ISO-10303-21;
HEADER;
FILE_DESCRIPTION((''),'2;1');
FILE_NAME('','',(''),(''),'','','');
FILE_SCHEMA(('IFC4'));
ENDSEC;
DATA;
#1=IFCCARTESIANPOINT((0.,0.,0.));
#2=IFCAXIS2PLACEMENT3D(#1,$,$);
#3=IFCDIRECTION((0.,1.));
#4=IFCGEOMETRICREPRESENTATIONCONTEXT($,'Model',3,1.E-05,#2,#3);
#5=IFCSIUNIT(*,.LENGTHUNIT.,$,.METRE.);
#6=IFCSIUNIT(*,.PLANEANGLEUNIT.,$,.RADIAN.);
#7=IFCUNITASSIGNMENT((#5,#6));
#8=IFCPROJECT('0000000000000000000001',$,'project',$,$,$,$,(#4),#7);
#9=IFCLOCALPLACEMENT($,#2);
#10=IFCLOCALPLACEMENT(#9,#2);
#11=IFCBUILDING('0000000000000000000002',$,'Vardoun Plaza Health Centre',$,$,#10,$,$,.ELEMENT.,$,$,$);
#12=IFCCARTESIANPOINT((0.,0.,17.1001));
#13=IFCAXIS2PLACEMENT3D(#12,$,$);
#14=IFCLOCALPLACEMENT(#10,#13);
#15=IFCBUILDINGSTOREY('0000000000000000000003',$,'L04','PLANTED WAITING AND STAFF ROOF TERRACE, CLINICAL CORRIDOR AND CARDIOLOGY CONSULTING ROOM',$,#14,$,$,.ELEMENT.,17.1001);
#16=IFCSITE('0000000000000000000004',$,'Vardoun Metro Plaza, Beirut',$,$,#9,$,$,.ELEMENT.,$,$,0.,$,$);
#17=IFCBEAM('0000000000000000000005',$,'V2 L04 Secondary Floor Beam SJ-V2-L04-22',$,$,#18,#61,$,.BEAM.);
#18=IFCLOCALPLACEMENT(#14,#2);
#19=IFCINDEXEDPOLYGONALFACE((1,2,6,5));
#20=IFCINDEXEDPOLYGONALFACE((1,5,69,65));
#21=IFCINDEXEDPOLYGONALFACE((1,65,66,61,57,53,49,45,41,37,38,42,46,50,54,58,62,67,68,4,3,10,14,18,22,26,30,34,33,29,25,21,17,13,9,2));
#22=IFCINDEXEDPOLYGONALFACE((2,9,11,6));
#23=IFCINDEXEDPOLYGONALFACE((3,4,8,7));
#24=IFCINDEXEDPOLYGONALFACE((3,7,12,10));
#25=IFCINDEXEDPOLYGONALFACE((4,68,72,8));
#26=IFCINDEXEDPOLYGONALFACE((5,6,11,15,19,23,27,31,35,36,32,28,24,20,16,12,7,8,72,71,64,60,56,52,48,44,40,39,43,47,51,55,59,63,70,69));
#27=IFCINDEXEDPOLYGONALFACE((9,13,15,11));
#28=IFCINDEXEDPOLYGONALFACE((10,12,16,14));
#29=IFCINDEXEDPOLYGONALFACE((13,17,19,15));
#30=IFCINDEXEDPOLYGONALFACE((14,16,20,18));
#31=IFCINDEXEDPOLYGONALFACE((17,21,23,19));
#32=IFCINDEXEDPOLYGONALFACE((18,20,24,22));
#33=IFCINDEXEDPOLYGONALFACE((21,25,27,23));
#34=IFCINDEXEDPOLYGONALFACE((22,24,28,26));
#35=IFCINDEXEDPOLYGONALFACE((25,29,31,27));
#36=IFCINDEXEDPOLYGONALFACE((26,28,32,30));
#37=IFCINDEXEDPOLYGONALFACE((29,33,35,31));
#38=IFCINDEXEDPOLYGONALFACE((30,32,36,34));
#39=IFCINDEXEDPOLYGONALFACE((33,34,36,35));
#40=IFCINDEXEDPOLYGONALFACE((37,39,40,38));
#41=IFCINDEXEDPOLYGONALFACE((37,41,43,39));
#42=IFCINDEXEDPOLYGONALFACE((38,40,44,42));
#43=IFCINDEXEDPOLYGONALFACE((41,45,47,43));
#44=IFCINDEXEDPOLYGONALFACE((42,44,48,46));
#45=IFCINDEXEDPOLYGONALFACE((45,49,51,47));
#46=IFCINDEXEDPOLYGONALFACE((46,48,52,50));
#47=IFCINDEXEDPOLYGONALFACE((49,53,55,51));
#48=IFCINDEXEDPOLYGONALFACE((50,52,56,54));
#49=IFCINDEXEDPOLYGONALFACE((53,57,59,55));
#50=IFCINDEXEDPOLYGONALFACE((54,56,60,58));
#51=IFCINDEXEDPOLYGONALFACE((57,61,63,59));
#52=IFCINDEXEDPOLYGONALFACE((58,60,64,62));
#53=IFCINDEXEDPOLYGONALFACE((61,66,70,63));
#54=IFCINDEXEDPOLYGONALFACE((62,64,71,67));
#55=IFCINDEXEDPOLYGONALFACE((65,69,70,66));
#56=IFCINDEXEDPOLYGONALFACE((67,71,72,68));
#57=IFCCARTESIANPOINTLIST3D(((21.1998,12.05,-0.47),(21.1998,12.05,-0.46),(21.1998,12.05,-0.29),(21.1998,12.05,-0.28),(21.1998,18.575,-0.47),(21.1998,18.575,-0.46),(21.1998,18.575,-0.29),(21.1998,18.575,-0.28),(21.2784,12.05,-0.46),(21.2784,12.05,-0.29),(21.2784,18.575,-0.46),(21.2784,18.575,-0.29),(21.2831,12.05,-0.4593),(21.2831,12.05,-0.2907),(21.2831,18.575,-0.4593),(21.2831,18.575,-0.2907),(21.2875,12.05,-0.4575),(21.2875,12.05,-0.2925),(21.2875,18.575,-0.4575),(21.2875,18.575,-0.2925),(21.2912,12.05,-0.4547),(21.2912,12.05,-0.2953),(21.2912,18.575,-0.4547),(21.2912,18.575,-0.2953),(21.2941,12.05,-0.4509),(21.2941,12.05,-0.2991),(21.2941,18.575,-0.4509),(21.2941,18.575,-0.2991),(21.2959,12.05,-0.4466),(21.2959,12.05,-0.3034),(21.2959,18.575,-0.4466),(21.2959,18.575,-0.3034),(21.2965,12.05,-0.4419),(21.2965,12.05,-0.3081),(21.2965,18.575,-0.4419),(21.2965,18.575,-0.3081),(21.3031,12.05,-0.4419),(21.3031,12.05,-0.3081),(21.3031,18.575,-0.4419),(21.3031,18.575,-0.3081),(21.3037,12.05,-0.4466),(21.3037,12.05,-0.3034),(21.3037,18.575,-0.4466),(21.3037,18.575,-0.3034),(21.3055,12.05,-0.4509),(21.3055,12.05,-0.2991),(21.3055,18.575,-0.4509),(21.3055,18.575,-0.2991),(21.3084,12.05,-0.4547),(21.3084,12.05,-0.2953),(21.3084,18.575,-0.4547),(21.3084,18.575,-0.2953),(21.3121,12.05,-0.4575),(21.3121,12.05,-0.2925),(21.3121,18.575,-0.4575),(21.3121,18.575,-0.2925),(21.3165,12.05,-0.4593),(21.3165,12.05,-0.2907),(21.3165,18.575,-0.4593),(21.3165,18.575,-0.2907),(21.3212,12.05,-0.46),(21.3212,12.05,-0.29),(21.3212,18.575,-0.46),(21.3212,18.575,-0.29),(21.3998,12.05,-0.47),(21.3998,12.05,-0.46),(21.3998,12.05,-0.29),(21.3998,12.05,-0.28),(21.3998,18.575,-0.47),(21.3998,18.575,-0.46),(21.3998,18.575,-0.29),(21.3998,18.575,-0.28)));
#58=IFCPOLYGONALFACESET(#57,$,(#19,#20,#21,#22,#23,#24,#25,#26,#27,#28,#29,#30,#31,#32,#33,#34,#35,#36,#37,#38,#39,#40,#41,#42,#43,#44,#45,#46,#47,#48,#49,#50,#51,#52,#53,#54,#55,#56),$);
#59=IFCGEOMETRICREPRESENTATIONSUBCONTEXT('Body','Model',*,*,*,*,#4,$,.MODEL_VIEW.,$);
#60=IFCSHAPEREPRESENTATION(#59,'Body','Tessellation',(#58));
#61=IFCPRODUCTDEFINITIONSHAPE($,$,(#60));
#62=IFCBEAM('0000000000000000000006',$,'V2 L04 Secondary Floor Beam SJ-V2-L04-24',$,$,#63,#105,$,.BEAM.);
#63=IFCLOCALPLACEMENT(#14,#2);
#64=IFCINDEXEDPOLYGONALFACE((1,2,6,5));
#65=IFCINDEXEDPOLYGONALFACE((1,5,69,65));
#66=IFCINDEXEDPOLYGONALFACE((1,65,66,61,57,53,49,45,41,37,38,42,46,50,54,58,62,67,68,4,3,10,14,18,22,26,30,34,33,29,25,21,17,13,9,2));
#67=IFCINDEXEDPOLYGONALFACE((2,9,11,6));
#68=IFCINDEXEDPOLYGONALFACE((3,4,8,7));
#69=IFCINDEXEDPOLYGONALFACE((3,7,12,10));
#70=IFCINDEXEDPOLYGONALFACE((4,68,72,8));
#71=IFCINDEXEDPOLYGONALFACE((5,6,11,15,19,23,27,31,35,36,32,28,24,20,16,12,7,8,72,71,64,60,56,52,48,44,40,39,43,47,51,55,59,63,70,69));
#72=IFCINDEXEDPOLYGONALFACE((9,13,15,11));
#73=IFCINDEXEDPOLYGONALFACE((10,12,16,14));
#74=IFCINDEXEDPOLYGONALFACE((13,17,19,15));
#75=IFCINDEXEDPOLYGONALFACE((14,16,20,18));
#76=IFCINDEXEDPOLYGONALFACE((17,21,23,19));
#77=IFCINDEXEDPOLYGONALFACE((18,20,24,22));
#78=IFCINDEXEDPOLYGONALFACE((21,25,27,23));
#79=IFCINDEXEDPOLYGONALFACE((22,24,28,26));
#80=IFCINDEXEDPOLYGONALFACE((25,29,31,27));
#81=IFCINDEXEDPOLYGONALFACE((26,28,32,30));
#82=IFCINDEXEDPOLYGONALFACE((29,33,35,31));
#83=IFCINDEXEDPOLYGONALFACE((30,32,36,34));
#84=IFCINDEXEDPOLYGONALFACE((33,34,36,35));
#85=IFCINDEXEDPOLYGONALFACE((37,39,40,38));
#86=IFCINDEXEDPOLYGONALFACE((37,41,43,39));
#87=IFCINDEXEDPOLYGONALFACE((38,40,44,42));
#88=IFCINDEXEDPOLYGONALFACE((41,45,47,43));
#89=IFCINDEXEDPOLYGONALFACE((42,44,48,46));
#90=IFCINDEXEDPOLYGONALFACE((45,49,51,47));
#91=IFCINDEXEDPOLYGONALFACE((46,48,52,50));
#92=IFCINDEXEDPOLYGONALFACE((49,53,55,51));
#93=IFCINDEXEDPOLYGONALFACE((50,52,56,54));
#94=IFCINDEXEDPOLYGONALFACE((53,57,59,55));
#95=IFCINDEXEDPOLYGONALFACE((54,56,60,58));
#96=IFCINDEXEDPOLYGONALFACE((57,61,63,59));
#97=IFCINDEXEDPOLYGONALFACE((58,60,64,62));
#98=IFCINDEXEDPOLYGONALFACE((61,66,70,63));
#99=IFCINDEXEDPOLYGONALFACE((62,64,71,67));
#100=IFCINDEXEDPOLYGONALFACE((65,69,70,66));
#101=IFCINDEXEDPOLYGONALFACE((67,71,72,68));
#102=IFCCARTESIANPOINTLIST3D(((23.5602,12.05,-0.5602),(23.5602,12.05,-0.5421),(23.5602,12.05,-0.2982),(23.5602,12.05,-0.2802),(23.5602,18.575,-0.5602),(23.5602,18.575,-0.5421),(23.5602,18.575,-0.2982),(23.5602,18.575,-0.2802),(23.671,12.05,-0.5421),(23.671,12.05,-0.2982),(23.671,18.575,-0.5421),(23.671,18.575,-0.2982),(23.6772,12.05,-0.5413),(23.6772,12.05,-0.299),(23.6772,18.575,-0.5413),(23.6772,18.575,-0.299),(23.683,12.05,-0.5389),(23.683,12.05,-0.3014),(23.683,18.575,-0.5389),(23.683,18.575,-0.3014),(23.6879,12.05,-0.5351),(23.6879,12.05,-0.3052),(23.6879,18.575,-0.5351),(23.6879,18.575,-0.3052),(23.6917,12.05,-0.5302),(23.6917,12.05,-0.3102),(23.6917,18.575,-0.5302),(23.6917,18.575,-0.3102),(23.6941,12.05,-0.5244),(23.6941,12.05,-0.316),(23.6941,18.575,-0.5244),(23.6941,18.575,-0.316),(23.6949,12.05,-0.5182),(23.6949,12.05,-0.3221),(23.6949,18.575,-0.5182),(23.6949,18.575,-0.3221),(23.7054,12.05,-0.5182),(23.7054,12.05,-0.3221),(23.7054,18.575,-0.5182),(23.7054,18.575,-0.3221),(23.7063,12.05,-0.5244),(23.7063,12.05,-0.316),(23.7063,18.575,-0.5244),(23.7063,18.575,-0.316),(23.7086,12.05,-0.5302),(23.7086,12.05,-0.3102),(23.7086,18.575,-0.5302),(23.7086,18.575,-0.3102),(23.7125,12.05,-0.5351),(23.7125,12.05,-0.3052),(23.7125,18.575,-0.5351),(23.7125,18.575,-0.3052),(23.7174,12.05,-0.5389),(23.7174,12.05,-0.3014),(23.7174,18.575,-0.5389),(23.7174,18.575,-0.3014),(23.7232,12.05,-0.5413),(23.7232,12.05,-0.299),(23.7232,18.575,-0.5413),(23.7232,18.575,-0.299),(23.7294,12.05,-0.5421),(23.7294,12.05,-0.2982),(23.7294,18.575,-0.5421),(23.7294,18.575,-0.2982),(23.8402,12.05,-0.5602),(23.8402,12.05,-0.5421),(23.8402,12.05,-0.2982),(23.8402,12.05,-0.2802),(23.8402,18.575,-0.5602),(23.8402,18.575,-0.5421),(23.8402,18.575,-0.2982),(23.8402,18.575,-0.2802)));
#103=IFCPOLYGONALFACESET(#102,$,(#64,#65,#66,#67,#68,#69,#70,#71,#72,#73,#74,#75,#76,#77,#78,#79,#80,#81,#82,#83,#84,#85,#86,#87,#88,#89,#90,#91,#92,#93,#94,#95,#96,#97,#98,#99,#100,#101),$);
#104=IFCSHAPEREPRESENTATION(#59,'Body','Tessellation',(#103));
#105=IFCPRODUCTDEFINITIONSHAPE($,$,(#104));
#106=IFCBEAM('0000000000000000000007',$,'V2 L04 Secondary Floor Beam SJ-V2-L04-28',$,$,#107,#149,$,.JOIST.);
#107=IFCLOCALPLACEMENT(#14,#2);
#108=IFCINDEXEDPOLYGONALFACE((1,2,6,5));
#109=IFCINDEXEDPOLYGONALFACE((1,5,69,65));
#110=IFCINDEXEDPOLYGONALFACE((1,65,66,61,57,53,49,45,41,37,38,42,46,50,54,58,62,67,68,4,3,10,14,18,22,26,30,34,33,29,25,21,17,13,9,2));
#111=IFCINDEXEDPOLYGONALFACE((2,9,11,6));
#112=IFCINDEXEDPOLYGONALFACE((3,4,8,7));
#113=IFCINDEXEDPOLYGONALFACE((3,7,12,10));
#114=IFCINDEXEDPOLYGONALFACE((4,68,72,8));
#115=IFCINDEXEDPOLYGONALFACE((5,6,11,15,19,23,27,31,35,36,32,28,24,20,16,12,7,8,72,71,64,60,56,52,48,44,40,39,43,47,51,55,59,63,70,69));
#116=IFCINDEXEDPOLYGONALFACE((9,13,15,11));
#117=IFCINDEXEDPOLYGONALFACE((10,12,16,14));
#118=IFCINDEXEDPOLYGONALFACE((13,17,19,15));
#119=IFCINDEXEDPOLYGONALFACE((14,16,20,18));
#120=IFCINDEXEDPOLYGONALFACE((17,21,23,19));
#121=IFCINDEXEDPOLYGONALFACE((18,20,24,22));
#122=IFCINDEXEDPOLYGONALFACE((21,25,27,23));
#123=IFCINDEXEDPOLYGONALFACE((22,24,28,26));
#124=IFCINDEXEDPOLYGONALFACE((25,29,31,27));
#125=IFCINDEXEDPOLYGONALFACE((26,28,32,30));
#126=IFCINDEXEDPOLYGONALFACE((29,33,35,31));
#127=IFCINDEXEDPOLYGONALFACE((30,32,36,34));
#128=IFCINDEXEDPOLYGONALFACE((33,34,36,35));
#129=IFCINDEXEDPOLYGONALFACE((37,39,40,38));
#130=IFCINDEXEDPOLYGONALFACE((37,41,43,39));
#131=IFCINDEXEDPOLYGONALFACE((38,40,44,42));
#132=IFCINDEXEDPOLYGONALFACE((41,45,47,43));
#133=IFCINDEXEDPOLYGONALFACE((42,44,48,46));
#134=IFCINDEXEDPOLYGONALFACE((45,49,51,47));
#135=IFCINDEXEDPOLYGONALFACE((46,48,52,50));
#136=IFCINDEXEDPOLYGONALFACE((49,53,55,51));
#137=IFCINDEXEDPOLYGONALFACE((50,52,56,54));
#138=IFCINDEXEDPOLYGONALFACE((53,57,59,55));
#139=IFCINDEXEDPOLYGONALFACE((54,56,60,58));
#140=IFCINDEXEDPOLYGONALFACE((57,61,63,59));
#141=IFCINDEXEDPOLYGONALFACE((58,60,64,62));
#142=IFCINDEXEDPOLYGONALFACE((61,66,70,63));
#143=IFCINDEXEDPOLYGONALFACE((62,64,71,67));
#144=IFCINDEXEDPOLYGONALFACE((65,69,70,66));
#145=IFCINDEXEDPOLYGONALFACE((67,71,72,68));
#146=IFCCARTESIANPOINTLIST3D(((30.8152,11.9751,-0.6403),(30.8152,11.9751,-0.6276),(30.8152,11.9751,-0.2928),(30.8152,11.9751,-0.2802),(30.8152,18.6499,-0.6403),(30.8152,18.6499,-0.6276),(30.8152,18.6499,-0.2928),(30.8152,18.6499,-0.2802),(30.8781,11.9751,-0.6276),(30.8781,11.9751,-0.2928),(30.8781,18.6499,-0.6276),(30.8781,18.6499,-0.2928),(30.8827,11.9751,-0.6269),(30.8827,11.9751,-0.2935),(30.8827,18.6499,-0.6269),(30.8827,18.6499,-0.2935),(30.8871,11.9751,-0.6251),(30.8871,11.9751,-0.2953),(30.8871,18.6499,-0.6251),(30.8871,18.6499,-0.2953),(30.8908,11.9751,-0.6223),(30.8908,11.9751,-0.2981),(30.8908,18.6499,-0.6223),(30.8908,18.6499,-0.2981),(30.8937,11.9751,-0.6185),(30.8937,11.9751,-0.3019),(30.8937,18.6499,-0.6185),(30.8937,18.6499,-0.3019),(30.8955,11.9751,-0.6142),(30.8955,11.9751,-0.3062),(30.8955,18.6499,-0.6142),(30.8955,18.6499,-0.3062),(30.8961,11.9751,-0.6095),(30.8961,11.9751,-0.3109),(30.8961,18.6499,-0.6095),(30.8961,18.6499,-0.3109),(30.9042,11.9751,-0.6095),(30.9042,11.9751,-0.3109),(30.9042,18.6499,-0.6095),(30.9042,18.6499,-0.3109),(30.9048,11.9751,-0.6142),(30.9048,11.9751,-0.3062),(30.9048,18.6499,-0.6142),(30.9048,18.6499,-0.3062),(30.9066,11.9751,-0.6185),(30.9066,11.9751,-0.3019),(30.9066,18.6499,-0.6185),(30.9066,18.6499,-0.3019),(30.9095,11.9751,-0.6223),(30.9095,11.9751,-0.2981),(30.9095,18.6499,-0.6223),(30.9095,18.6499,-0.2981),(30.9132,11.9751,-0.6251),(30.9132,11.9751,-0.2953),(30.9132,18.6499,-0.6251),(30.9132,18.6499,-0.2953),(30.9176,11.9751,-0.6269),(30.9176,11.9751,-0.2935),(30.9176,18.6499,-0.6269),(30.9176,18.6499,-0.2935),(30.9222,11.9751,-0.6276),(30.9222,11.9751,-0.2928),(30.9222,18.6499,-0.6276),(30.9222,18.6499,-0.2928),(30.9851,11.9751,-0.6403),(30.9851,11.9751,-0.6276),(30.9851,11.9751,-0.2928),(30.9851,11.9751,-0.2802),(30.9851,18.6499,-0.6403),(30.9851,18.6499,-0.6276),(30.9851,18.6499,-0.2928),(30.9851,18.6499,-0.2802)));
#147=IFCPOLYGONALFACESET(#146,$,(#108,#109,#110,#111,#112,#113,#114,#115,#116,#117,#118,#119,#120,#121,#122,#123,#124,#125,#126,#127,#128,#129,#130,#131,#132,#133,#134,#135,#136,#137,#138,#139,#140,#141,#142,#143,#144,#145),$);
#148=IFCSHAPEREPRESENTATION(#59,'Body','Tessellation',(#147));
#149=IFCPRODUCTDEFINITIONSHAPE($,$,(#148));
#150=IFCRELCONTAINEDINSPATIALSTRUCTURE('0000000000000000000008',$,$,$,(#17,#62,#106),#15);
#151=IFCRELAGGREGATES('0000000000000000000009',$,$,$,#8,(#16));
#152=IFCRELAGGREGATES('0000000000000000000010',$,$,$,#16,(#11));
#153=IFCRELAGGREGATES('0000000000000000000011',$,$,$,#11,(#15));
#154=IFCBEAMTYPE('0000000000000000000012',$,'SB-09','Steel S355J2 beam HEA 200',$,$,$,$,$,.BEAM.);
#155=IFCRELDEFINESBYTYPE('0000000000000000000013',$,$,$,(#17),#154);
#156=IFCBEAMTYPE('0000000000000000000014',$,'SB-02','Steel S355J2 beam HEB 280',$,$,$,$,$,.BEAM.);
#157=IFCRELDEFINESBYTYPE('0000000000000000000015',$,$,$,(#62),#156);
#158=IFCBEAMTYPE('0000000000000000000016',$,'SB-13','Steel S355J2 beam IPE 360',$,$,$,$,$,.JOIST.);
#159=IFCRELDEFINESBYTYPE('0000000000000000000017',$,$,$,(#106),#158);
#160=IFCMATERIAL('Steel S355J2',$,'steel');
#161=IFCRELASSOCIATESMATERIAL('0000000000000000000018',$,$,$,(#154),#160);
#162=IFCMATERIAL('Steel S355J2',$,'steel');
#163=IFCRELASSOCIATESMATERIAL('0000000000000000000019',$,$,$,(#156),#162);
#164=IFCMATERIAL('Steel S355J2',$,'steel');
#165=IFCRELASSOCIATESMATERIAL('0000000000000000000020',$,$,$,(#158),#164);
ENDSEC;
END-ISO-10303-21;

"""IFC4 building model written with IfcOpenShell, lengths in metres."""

from ifc_helpers import new_model, si_unit, direction, frame, origin, origin_2d, place, context, subcontext, project, spatial, i_section, extrude, material, material_profile, profile_set, type_object, element, save


model = new_model("IFC4")

# Units and contexts
model_context = context("Model", 3, precision=1e-05, world=origin(), true_north=direction((0.0, 1.0)))
body_context = subcontext(model_context, "Body", "Model", "MODEL_VIEW")
ifc_project = project(units=[si_unit("LENGTHUNIT", "METRE"), si_unit("PLANEANGLEUNIT", "RADIAN")], contexts=[model_context])

# Site, building, storey
site_placement = place(None, origin())
site = spatial("IfcSite", under=ifc_project, at=site_placement, Name="Vardoun Metro Plaza, Beirut", CompositionType="ELEMENT", RefElevation=0.0)
building_placement = place(site_placement, origin())
building = spatial("IfcBuilding", under=site, at=building_placement, Name="Vardoun Plaza Health Centre", CompositionType="ELEMENT")
storey_placement = place(building_placement, frame((0.0, 0.0, 17.1001)))
storey = spatial("IfcBuildingStorey", under=building, at=storey_placement, Name="L04", Description="PLANTED WAITING AND STAFF ROOF TERRACE, CLINICAL CORRIDOR AND CARDIOLOGY CONSULTING ROOM", CompositionType="ELEMENT", Elevation=17.1001)

# Beams
ifc_material_1 = material(Name="Steel S355J2", Category="steel")
ifc_material_profile_1 = material_profile(ifc_material_1, i_section(OverallWidth=0.2, OverallDepth=0.1899, WebThickness=0.0066, FlangeThickness=0.01, FilletRadius=0.0181, at=origin_2d()), Name="HEA 200")
ifc_profile_set_1 = profile_set([ifc_material_profile_1], Name="Steel S355J2")
beam_type_1 = type_object("IfcBeamType", Name="SB-09", Description="Steel S355J2 beam HEA 200", PredefinedType="BEAM", material=ifc_profile_set_1)
beam_1_placement = place(storey_placement, frame((21.2998, 12.05, -0.375), z_axis=(0.0, 1.0, 0.0), x_axis=(-1.0, 0.0, 0.0)))
element("IfcBeam", 1, at=beam_1_placement, inside=storey, type_object=beam_type_1, Name="V2 L04 Secondary Floor Beam SJ-V2-L04-22", PredefinedType="BEAM", context=body_context, shape_type="SweptSolid", body=[
    extrude(i_section(OverallWidth=0.2, OverallDepth=0.1899, WebThickness=0.0066, FlangeThickness=0.01, FilletRadius=0.0181, at=origin_2d()), origin(), (0.0, 0.0, 1.0), 6.5249),
])
ifc_material_2 = material(Name="Steel S355J2", Category="steel")
ifc_material_profile_2 = material_profile(ifc_material_2, i_section(OverallWidth=0.28, OverallDepth=0.28, WebThickness=0.0105, FlangeThickness=0.0181, FilletRadius=0.0239, at=origin_2d()), Name="HEB 280")
ifc_profile_set_2 = profile_set([ifc_material_profile_2], Name="Steel S355J2")
beam_type_2 = type_object("IfcBeamType", Name="SB-02", Description="Steel S355J2 beam HEB 280", PredefinedType="BEAM", material=ifc_profile_set_2)
beam_2_placement = place(storey_placement, frame((23.7002, 12.05, -0.4202), z_axis=(0.0, 1.0, 0.0), x_axis=(-1.0, 0.0, 0.0)))
element("IfcBeam", 2, at=beam_2_placement, inside=storey, type_object=beam_type_2, Name="V2 L04 Secondary Floor Beam SJ-V2-L04-24", PredefinedType="BEAM", context=body_context, shape_type="SweptSolid", body=[
    extrude(i_section(OverallWidth=0.28, OverallDepth=0.28, WebThickness=0.0105, FlangeThickness=0.0181, FilletRadius=0.0239, at=origin_2d()), origin(), (0.0, 0.0, 1.0), 6.5249),
])
ifc_material_3 = material(Name="Steel S355J2", Category="steel")
ifc_material_profile_3 = material_profile(ifc_material_3, i_section(OverallWidth=0.1699, OverallDepth=0.3601, WebThickness=0.0081, FlangeThickness=0.0127, FilletRadius=0.0181, at=origin_2d()), Name="IPE 360")
ifc_profile_set_3 = profile_set([ifc_material_profile_3], Name="Steel S355J2")
beam_type_3 = type_object("IfcBeamType", Name="SB-13", Description="Steel S355J2 beam IPE 360", PredefinedType="JOIST", material=ifc_profile_set_3)
beam_3_placement = place(storey_placement, frame((30.9001, 11.9751, -0.4602), z_axis=(0.0, 1.0, 0.0), x_axis=(-1.0, 0.0, 0.0)))
element("IfcBeam", 3, at=beam_3_placement, inside=storey, type_object=beam_type_3, Name="V2 L04 Secondary Floor Beam SJ-V2-L04-28", PredefinedType="JOIST", context=body_context, shape_type="SweptSolid", body=[
    extrude(i_section(OverallWidth=0.1699, OverallDepth=0.3601, WebThickness=0.0081, FlangeThickness=0.0127, FilletRadius=0.0181, at=origin_2d()), origin(), (0.0, 0.0, 1.0), 6.6748),
])

save(model, "model.ifc")
